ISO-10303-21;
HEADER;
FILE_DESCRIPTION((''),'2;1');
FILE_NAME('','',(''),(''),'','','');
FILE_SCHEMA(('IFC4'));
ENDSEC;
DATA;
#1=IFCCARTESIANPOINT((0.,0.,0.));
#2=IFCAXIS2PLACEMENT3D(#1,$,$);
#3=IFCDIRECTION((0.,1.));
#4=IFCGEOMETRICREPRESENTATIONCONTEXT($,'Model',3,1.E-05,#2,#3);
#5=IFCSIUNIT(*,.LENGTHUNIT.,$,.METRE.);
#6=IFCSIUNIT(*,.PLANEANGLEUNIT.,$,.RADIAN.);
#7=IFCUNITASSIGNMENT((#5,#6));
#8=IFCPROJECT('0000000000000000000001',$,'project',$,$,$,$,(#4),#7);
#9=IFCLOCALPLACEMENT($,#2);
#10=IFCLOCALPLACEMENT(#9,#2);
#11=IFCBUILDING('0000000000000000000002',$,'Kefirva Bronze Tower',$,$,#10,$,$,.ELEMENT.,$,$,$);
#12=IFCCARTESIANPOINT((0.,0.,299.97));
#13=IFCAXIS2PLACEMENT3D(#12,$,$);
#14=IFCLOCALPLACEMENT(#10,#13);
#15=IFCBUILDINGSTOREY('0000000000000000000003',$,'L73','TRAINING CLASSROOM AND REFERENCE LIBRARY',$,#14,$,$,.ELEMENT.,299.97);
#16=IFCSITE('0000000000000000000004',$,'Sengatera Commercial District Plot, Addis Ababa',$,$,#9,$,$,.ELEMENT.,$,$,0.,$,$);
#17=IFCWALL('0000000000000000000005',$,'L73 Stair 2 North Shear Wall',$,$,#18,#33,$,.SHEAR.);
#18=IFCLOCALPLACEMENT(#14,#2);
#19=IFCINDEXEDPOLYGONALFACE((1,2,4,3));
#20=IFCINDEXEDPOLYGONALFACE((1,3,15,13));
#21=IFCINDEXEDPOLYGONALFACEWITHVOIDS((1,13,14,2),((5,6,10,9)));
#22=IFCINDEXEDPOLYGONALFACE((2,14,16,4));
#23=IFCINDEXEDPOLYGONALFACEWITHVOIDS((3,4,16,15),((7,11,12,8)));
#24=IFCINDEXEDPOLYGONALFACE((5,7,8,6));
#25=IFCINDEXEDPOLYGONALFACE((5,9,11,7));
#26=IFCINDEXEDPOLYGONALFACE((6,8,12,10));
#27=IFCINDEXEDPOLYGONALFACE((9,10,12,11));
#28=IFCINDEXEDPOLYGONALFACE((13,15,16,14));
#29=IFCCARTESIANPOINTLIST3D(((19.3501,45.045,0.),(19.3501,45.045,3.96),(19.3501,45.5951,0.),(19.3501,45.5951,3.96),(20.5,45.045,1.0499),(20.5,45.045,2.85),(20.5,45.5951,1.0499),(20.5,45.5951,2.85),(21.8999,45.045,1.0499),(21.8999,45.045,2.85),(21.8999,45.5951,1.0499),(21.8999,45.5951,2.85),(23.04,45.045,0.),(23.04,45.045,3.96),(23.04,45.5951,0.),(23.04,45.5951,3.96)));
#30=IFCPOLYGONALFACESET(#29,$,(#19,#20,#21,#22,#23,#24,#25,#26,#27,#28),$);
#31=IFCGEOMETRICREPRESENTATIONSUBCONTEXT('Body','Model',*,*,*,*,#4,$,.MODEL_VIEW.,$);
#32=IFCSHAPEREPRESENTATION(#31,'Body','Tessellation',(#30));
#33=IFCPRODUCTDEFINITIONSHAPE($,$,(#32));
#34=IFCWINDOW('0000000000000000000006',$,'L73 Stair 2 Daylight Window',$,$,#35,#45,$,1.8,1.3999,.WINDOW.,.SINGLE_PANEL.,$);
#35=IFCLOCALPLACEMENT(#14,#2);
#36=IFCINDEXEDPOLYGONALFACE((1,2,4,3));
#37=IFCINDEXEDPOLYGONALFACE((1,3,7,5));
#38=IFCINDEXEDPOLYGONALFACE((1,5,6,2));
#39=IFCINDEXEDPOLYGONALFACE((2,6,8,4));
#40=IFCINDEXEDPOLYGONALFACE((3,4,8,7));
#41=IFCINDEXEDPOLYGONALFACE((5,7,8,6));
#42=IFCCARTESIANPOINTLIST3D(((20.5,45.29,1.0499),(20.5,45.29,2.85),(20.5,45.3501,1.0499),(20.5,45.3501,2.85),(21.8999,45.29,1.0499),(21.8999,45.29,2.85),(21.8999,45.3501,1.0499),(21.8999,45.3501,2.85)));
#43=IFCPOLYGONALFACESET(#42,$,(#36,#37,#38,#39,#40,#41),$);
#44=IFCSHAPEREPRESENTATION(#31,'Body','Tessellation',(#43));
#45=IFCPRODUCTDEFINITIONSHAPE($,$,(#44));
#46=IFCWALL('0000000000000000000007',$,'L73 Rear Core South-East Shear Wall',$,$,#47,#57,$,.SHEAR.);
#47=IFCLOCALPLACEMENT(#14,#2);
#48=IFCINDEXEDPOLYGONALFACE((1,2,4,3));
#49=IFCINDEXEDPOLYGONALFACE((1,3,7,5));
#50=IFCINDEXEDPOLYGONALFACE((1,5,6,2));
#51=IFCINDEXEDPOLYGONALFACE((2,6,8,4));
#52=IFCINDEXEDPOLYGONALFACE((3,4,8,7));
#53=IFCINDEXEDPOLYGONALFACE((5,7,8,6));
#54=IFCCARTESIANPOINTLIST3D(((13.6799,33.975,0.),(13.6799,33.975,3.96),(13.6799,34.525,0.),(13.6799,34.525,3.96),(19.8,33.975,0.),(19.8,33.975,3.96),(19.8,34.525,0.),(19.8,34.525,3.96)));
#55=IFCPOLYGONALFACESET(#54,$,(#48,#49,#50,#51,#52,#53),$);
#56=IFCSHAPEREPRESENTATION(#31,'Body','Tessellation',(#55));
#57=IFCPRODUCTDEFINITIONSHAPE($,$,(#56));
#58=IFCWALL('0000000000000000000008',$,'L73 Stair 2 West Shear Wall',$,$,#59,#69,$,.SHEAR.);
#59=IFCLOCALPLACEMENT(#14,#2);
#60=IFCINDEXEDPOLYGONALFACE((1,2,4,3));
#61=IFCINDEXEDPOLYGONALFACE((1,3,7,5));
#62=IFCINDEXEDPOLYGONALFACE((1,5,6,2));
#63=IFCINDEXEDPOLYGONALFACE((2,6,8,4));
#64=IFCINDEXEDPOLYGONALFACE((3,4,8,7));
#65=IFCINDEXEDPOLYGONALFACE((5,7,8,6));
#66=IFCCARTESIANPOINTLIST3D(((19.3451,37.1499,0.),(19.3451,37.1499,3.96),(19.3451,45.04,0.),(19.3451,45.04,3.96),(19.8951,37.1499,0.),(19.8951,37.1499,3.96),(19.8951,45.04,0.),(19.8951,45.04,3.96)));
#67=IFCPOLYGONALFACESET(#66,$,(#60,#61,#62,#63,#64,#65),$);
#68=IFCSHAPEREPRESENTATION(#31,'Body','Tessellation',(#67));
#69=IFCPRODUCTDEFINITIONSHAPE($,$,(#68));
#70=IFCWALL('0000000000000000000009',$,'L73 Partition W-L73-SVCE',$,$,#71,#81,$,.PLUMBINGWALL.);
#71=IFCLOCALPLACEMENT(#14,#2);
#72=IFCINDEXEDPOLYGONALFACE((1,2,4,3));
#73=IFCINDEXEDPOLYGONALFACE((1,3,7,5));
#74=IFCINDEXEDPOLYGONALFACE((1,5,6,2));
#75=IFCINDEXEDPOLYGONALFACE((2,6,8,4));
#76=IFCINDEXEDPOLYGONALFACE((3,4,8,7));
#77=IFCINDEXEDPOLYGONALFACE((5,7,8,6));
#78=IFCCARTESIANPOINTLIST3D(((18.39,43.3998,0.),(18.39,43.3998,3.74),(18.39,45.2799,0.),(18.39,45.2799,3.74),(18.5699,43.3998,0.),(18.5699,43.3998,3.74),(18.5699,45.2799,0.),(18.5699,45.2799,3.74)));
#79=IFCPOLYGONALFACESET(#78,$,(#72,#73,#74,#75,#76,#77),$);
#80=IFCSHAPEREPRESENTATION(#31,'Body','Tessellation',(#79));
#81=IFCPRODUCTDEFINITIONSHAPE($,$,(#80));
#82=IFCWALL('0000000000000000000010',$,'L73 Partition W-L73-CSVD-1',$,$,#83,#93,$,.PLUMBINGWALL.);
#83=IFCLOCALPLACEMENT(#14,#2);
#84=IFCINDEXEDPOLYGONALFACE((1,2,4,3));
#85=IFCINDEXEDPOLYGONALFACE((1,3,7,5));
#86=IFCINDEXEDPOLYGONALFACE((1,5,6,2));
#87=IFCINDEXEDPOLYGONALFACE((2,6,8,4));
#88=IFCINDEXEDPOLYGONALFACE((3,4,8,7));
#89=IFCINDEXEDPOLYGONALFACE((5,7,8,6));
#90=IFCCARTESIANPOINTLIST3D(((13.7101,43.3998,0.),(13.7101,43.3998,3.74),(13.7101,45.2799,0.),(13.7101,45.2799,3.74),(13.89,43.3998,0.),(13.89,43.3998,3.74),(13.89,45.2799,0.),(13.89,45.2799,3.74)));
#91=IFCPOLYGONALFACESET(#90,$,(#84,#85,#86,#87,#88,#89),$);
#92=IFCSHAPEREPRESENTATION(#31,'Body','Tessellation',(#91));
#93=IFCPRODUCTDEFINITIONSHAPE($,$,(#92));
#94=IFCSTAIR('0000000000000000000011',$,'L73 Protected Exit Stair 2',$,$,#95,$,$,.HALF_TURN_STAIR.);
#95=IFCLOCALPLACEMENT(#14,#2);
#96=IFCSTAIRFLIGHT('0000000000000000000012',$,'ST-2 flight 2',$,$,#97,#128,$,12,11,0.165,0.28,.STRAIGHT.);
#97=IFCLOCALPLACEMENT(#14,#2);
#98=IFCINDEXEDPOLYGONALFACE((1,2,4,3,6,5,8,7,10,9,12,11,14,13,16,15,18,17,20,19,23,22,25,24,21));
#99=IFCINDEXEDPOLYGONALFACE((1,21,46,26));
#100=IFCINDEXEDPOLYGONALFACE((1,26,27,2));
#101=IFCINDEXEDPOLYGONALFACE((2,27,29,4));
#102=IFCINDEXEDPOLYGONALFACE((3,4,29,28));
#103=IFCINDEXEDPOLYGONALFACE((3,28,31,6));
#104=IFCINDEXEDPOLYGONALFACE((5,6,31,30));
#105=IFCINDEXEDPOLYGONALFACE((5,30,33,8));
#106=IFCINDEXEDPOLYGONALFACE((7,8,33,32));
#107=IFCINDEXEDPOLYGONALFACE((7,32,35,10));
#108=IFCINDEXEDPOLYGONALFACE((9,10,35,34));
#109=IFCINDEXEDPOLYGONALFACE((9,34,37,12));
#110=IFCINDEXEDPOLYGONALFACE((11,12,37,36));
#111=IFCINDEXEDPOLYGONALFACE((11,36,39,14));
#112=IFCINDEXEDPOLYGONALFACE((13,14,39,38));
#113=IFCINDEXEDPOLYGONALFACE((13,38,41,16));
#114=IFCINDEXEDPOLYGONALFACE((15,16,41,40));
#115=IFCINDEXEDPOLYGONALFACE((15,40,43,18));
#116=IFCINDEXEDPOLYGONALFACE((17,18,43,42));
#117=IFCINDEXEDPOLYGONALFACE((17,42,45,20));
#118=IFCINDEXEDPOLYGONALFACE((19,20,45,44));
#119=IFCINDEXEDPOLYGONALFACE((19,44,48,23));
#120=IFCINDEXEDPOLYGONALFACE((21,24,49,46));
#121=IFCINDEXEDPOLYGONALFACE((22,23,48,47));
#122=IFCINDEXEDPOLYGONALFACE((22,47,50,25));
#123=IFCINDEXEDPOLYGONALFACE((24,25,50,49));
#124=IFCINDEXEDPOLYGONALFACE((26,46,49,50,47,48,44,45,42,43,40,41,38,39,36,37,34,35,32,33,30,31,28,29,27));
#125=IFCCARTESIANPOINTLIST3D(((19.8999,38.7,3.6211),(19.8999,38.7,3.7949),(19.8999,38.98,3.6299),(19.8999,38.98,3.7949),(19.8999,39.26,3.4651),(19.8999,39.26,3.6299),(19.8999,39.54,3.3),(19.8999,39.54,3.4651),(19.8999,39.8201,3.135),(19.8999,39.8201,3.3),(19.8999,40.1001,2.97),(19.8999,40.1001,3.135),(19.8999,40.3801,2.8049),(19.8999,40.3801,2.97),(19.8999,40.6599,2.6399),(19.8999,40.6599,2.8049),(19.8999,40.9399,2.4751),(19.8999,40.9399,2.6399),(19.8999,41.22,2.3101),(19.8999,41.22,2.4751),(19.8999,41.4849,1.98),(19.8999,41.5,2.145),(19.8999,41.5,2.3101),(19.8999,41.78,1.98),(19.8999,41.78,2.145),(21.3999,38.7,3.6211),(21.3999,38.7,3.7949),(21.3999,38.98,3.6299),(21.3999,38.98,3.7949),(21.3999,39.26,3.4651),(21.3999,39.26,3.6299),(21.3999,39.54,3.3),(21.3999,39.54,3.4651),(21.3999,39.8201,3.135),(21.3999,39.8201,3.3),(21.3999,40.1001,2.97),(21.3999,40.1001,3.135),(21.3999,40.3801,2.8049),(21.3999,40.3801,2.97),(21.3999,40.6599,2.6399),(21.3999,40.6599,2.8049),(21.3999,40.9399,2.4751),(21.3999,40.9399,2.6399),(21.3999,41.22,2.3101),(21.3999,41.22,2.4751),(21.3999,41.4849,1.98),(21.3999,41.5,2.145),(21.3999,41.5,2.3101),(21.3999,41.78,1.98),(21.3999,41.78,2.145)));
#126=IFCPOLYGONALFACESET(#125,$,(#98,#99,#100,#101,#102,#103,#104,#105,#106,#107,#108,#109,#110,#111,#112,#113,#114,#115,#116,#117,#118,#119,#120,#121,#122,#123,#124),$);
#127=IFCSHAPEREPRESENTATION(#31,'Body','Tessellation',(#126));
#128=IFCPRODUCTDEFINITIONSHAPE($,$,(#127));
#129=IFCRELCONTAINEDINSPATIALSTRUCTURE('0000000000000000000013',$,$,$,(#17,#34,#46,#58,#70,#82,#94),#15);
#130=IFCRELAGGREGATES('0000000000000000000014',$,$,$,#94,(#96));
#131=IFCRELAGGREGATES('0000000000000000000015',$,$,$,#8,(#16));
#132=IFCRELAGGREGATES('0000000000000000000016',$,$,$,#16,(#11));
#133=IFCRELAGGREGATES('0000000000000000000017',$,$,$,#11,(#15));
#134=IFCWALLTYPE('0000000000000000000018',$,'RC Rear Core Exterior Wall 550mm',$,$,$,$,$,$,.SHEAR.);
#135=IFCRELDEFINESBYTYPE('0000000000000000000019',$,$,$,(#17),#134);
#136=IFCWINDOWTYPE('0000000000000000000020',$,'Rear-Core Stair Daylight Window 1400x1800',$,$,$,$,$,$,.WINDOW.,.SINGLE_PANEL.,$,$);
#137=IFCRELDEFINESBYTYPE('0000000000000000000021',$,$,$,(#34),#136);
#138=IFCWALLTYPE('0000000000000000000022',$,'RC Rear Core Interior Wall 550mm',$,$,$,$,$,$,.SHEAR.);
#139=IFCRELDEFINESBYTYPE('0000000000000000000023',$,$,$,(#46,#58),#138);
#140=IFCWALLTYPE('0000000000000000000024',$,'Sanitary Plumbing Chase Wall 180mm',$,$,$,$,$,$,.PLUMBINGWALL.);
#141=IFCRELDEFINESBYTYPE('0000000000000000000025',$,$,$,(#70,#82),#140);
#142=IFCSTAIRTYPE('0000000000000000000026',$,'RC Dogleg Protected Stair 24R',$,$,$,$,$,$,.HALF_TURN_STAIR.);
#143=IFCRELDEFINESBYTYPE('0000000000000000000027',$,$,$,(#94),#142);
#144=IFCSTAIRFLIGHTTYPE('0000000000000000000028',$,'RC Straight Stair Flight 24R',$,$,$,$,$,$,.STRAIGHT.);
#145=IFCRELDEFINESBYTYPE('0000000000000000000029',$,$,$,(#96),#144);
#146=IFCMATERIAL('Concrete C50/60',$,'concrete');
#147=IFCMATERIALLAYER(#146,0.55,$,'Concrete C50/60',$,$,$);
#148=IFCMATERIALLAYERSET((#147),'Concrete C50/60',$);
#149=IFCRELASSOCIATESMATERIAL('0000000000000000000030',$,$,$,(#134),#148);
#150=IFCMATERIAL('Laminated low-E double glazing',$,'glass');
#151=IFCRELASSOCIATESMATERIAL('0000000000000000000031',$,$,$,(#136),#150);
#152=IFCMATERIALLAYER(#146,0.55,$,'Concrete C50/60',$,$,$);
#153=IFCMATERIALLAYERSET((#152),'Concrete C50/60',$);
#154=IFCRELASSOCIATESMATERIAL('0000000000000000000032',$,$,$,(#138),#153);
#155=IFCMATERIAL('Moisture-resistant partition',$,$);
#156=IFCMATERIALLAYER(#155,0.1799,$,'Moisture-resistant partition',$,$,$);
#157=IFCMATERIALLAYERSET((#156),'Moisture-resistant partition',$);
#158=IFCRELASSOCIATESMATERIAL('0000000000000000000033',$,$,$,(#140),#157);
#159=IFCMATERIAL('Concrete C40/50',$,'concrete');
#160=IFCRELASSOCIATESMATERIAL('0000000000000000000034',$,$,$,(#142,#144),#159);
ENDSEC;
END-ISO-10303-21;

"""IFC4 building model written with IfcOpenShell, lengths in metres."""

from ifc_helpers import new_model, si_unit, direction, frame, frame_2d, origin, place, context, subcontext, project, spatial, polyline, rectangle, outline, extrude, material, layer, layer_set, type_object, element, fill, aggregate, save


model = new_model("IFC4")

# Units and contexts
model_context = context("Model", 3, precision=1e-05, world=origin(), true_north=direction((0.0, 1.0)))
body_context = subcontext(model_context, "Body", "Model", "MODEL_VIEW")
ifc_project = project(units=[si_unit("LENGTHUNIT", "METRE"), si_unit("PLANEANGLEUNIT", "RADIAN")], contexts=[model_context])

# Site, building, storey
site_placement = place(None, origin())
site = spatial("IfcSite", under=ifc_project, at=site_placement, Name="Sengatera Commercial District Plot, Addis Ababa", CompositionType="ELEMENT", RefElevation=0.0)
building_placement = place(site_placement, origin())
building = spatial("IfcBuilding", under=site, at=building_placement, Name="Kefirva Bronze Tower", CompositionType="ELEMENT")
storey_placement = place(building_placement, frame((0.0, 0.0, 299.97)))
storey = spatial("IfcBuildingStorey", under=building, at=storey_placement, Name="L73", Description="TRAINING CLASSROOM AND REFERENCE LIBRARY", CompositionType="ELEMENT", Elevation=299.97)

# Shared definitions
ifc_material_1 = material(Name="Concrete C50/60", Category="concrete")

# Wall, opening, window
ifc_layer_1 = layer(ifc_material_1, 0.55, Name="Concrete C50/60")
ifc_layer_set_1 = layer_set([ifc_layer_1], Name="Concrete C50/60")
wall_type_1 = type_object("IfcWallType", Name="RC Rear Core Exterior Wall 550mm", PredefinedType="SHEAR", material=ifc_layer_set_1)
wall_1_placement = place(storey_placement, frame((19.3501, 45.3201, 0.0), z_axis=(0.0, 0.0, 1.0), x_axis=(1.0, 0.0, 0.0)))
wall_1 = element("IfcWall", 1, at=wall_1_placement, inside=storey, type_object=wall_type_1, Name="L73 Stair 2 North Shear Wall", PredefinedType="SHEAR", context=body_context, shape_type="SweptSolid", body=[
    extrude(rectangle(XDim=3.6899, YDim=0.55, at=frame_2d((1.845, 0.0))), origin(), (0.0, 0.0, 1.0), 3.96),
])
opening_1_placement = place(wall_1_placement, frame((1.1499, 0.0, 1.05)))
opening_1 = element("IfcOpeningElement", 2, at=opening_1_placement, cuts=wall_1, PredefinedType="OPENING", context=body_context, shape_type="SweptSolid", body=[
    extrude(rectangle(XDim=1.3999, YDim=1.8, at=frame_2d((0.7, 0.8999))), frame((0.0, 0.2852, 0.0), z_axis=(0.0, -1.0, 0.0), x_axis=(1.0, 0.0, 0.0)), (0.0, 0.0, 1.0), 0.5701),
])
ifc_material_2 = material(Name="Laminated low-E double glazing", Category="glass")
window_type = type_object("IfcWindowType", Name="Rear-Core Stair Daylight Window 1400x1800", PartitioningType="SINGLE_PANEL", PredefinedType="WINDOW", material=ifc_material_2)
window_placement = place(opening_1_placement, origin())
window = element("IfcWindow", 3, at=window_placement, inside=storey, type_object=window_type, Name="L73 Stair 2 Daylight Window", OverallHeight=1.8, OverallWidth=1.3999, PartitioningType="SINGLE_PANEL", PredefinedType="WINDOW", context=body_context, shape_type="SweptSolid", body=[
    extrude(rectangle(XDim=1.3999, YDim=1.8, at=frame_2d((0.7, 0.8999))), frame((0.0, 0.03, 0.0), z_axis=(0.0, -1.0, 0.0), x_axis=(1.0, 0.0, 0.0)), (0.0, 0.0, 1.0), 0.0601),
])
fill(opening_1, window)

# Walls
ifc_layer_2 = layer(ifc_material_1, 0.55, Name="Concrete C50/60")
ifc_layer_set_2 = layer_set([ifc_layer_2], Name="Concrete C50/60")
wall_type_2 = type_object("IfcWallType", Name="RC Rear Core Interior Wall 550mm", PredefinedType="SHEAR", material=ifc_layer_set_2)
wall_2_placement = place(storey_placement, frame((13.6799, 34.25, 0.0), z_axis=(0.0, 0.0, 1.0), x_axis=(1.0, 0.0, 0.0)))
element("IfcWall", 4, at=wall_2_placement, inside=storey, type_object=wall_type_2, Name="L73 Rear Core South-East Shear Wall", PredefinedType="SHEAR", context=body_context, shape_type="SweptSolid", body=[
    extrude(rectangle(XDim=6.1201, YDim=0.55, at=frame_2d((3.0601, 0.0))), origin(), (0.0, 0.0, 1.0), 3.96),
])
wall_3_placement = place(storey_placement, frame((19.6201, 37.1499, 0.0), z_axis=(0.0, 0.0, 1.0), x_axis=(0.0, 1.0, 0.0)))
element("IfcWall", 5, at=wall_3_placement, inside=storey, type_object=wall_type_2, Name="L73 Stair 2 West Shear Wall", PredefinedType="SHEAR", context=body_context, shape_type="SweptSolid", body=[
    extrude(rectangle(XDim=7.8901, YDim=0.55, at=frame_2d((3.9451, 0.0))), origin(), (0.0, 0.0, 1.0), 3.96),
])
ifc_material_3 = material(Name="Moisture-resistant partition")
ifc_layer_3 = layer(ifc_material_3, 0.1799, Name="Moisture-resistant partition")
ifc_layer_set_3 = layer_set([ifc_layer_3], Name="Moisture-resistant partition")
wall_type_3 = type_object("IfcWallType", Name="Sanitary Plumbing Chase Wall 180mm", PredefinedType="PLUMBINGWALL", material=ifc_layer_set_3)
for number, where, z_axis, x_axis, name in (
    (6, (18.48, 43.3999, 0.0), (0.0, 0.0, 1.0), (0.0, 1.0, 0.0), "L73 Partition W-L73-SVCE"),
    (7, (13.8, 43.3999, 0.0), (0.0, 0.0, 1.0), (0.0, 1.0, 0.0), "L73 Partition W-L73-CSVD-1"),
):
    element("IfcWall", number, at=place(storey_placement, frame(where, z_axis=z_axis, x_axis=x_axis)), inside=storey, type_object=wall_type_3, Name=name, PredefinedType="PLUMBINGWALL", context=body_context, shape_type="SweptSolid", body=[
        extrude(rectangle(XDim=1.8801, YDim=0.1799, at=frame_2d((0.9399, 0.0))), origin(), (0.0, 0.0, 1.0), 3.74),
    ])

# Stair, stair flight
ifc_material_4 = material(Name="Concrete C40/50", Category="concrete")
stair_type = type_object("IfcStairType", Name="RC Dogleg Protected Stair 24R", PredefinedType="HALF_TURN_STAIR", material=ifc_material_4)
stair_placement = place(storey_placement, origin())
stair = element("IfcStair", 8, at=stair_placement, inside=storey, type_object=stair_type, Name="L73 Protected Exit Stair 2", PredefinedType="HALF_TURN_STAIR")
stair_flight_type = type_object("IfcStairFlightType", Name="RC Straight Stair Flight 24R", PredefinedType="STRAIGHT", material=ifc_material_4)
stair_flight_placement = place(storey_placement, frame((20.6499, 41.78, 1.98), z_axis=(0.0, 0.0, 1.0), x_axis=(0.0, -1.0, 0.0)))
stair_flight = element("IfcStairFlight", 9, at=stair_flight_placement, type_object=stair_flight_type, Name="ST-2 flight 2", NumberOfRisers=12, NumberOfTreads=11, PredefinedType="STRAIGHT", RiserHeight=0.165, TreadLength=0.28, context=body_context, shape_type="SweptSolid", body=[
    extrude(outline(polyline([(0.0, 0.0), (0.0, 0.165), (0.28, 0.165), (0.28, 0.3301), (0.5601, 0.3301), (0.5601, 0.4951), (0.8401, 0.4951), (0.8401, 0.6599), (1.1201, 0.6599), (1.1201, 0.825), (1.3999, 0.825), (1.3999, 0.99), (1.6799, 0.99), (1.6799, 1.155), (1.96, 1.155), (1.96, 1.3201), (2.24, 1.3201), (2.24, 1.4851), (2.52, 1.4851), (2.52, 1.6499), (2.8, 1.6499), (2.8, 1.8149), (3.0801, 1.8149), (3.0801, 1.98), (3.0801, 1.6411), (0.2952, 0.0), (0.0, 0.0)])), frame((0.0, 0.75, 0.0), z_axis=(0.0, -1.0, 0.0), x_axis=(1.0, 0.0, 0.0)), (0.0, 0.0, 1.0), 1.5),
])
aggregate(stair, [stair_flight])

save(model, "model.ifc")
